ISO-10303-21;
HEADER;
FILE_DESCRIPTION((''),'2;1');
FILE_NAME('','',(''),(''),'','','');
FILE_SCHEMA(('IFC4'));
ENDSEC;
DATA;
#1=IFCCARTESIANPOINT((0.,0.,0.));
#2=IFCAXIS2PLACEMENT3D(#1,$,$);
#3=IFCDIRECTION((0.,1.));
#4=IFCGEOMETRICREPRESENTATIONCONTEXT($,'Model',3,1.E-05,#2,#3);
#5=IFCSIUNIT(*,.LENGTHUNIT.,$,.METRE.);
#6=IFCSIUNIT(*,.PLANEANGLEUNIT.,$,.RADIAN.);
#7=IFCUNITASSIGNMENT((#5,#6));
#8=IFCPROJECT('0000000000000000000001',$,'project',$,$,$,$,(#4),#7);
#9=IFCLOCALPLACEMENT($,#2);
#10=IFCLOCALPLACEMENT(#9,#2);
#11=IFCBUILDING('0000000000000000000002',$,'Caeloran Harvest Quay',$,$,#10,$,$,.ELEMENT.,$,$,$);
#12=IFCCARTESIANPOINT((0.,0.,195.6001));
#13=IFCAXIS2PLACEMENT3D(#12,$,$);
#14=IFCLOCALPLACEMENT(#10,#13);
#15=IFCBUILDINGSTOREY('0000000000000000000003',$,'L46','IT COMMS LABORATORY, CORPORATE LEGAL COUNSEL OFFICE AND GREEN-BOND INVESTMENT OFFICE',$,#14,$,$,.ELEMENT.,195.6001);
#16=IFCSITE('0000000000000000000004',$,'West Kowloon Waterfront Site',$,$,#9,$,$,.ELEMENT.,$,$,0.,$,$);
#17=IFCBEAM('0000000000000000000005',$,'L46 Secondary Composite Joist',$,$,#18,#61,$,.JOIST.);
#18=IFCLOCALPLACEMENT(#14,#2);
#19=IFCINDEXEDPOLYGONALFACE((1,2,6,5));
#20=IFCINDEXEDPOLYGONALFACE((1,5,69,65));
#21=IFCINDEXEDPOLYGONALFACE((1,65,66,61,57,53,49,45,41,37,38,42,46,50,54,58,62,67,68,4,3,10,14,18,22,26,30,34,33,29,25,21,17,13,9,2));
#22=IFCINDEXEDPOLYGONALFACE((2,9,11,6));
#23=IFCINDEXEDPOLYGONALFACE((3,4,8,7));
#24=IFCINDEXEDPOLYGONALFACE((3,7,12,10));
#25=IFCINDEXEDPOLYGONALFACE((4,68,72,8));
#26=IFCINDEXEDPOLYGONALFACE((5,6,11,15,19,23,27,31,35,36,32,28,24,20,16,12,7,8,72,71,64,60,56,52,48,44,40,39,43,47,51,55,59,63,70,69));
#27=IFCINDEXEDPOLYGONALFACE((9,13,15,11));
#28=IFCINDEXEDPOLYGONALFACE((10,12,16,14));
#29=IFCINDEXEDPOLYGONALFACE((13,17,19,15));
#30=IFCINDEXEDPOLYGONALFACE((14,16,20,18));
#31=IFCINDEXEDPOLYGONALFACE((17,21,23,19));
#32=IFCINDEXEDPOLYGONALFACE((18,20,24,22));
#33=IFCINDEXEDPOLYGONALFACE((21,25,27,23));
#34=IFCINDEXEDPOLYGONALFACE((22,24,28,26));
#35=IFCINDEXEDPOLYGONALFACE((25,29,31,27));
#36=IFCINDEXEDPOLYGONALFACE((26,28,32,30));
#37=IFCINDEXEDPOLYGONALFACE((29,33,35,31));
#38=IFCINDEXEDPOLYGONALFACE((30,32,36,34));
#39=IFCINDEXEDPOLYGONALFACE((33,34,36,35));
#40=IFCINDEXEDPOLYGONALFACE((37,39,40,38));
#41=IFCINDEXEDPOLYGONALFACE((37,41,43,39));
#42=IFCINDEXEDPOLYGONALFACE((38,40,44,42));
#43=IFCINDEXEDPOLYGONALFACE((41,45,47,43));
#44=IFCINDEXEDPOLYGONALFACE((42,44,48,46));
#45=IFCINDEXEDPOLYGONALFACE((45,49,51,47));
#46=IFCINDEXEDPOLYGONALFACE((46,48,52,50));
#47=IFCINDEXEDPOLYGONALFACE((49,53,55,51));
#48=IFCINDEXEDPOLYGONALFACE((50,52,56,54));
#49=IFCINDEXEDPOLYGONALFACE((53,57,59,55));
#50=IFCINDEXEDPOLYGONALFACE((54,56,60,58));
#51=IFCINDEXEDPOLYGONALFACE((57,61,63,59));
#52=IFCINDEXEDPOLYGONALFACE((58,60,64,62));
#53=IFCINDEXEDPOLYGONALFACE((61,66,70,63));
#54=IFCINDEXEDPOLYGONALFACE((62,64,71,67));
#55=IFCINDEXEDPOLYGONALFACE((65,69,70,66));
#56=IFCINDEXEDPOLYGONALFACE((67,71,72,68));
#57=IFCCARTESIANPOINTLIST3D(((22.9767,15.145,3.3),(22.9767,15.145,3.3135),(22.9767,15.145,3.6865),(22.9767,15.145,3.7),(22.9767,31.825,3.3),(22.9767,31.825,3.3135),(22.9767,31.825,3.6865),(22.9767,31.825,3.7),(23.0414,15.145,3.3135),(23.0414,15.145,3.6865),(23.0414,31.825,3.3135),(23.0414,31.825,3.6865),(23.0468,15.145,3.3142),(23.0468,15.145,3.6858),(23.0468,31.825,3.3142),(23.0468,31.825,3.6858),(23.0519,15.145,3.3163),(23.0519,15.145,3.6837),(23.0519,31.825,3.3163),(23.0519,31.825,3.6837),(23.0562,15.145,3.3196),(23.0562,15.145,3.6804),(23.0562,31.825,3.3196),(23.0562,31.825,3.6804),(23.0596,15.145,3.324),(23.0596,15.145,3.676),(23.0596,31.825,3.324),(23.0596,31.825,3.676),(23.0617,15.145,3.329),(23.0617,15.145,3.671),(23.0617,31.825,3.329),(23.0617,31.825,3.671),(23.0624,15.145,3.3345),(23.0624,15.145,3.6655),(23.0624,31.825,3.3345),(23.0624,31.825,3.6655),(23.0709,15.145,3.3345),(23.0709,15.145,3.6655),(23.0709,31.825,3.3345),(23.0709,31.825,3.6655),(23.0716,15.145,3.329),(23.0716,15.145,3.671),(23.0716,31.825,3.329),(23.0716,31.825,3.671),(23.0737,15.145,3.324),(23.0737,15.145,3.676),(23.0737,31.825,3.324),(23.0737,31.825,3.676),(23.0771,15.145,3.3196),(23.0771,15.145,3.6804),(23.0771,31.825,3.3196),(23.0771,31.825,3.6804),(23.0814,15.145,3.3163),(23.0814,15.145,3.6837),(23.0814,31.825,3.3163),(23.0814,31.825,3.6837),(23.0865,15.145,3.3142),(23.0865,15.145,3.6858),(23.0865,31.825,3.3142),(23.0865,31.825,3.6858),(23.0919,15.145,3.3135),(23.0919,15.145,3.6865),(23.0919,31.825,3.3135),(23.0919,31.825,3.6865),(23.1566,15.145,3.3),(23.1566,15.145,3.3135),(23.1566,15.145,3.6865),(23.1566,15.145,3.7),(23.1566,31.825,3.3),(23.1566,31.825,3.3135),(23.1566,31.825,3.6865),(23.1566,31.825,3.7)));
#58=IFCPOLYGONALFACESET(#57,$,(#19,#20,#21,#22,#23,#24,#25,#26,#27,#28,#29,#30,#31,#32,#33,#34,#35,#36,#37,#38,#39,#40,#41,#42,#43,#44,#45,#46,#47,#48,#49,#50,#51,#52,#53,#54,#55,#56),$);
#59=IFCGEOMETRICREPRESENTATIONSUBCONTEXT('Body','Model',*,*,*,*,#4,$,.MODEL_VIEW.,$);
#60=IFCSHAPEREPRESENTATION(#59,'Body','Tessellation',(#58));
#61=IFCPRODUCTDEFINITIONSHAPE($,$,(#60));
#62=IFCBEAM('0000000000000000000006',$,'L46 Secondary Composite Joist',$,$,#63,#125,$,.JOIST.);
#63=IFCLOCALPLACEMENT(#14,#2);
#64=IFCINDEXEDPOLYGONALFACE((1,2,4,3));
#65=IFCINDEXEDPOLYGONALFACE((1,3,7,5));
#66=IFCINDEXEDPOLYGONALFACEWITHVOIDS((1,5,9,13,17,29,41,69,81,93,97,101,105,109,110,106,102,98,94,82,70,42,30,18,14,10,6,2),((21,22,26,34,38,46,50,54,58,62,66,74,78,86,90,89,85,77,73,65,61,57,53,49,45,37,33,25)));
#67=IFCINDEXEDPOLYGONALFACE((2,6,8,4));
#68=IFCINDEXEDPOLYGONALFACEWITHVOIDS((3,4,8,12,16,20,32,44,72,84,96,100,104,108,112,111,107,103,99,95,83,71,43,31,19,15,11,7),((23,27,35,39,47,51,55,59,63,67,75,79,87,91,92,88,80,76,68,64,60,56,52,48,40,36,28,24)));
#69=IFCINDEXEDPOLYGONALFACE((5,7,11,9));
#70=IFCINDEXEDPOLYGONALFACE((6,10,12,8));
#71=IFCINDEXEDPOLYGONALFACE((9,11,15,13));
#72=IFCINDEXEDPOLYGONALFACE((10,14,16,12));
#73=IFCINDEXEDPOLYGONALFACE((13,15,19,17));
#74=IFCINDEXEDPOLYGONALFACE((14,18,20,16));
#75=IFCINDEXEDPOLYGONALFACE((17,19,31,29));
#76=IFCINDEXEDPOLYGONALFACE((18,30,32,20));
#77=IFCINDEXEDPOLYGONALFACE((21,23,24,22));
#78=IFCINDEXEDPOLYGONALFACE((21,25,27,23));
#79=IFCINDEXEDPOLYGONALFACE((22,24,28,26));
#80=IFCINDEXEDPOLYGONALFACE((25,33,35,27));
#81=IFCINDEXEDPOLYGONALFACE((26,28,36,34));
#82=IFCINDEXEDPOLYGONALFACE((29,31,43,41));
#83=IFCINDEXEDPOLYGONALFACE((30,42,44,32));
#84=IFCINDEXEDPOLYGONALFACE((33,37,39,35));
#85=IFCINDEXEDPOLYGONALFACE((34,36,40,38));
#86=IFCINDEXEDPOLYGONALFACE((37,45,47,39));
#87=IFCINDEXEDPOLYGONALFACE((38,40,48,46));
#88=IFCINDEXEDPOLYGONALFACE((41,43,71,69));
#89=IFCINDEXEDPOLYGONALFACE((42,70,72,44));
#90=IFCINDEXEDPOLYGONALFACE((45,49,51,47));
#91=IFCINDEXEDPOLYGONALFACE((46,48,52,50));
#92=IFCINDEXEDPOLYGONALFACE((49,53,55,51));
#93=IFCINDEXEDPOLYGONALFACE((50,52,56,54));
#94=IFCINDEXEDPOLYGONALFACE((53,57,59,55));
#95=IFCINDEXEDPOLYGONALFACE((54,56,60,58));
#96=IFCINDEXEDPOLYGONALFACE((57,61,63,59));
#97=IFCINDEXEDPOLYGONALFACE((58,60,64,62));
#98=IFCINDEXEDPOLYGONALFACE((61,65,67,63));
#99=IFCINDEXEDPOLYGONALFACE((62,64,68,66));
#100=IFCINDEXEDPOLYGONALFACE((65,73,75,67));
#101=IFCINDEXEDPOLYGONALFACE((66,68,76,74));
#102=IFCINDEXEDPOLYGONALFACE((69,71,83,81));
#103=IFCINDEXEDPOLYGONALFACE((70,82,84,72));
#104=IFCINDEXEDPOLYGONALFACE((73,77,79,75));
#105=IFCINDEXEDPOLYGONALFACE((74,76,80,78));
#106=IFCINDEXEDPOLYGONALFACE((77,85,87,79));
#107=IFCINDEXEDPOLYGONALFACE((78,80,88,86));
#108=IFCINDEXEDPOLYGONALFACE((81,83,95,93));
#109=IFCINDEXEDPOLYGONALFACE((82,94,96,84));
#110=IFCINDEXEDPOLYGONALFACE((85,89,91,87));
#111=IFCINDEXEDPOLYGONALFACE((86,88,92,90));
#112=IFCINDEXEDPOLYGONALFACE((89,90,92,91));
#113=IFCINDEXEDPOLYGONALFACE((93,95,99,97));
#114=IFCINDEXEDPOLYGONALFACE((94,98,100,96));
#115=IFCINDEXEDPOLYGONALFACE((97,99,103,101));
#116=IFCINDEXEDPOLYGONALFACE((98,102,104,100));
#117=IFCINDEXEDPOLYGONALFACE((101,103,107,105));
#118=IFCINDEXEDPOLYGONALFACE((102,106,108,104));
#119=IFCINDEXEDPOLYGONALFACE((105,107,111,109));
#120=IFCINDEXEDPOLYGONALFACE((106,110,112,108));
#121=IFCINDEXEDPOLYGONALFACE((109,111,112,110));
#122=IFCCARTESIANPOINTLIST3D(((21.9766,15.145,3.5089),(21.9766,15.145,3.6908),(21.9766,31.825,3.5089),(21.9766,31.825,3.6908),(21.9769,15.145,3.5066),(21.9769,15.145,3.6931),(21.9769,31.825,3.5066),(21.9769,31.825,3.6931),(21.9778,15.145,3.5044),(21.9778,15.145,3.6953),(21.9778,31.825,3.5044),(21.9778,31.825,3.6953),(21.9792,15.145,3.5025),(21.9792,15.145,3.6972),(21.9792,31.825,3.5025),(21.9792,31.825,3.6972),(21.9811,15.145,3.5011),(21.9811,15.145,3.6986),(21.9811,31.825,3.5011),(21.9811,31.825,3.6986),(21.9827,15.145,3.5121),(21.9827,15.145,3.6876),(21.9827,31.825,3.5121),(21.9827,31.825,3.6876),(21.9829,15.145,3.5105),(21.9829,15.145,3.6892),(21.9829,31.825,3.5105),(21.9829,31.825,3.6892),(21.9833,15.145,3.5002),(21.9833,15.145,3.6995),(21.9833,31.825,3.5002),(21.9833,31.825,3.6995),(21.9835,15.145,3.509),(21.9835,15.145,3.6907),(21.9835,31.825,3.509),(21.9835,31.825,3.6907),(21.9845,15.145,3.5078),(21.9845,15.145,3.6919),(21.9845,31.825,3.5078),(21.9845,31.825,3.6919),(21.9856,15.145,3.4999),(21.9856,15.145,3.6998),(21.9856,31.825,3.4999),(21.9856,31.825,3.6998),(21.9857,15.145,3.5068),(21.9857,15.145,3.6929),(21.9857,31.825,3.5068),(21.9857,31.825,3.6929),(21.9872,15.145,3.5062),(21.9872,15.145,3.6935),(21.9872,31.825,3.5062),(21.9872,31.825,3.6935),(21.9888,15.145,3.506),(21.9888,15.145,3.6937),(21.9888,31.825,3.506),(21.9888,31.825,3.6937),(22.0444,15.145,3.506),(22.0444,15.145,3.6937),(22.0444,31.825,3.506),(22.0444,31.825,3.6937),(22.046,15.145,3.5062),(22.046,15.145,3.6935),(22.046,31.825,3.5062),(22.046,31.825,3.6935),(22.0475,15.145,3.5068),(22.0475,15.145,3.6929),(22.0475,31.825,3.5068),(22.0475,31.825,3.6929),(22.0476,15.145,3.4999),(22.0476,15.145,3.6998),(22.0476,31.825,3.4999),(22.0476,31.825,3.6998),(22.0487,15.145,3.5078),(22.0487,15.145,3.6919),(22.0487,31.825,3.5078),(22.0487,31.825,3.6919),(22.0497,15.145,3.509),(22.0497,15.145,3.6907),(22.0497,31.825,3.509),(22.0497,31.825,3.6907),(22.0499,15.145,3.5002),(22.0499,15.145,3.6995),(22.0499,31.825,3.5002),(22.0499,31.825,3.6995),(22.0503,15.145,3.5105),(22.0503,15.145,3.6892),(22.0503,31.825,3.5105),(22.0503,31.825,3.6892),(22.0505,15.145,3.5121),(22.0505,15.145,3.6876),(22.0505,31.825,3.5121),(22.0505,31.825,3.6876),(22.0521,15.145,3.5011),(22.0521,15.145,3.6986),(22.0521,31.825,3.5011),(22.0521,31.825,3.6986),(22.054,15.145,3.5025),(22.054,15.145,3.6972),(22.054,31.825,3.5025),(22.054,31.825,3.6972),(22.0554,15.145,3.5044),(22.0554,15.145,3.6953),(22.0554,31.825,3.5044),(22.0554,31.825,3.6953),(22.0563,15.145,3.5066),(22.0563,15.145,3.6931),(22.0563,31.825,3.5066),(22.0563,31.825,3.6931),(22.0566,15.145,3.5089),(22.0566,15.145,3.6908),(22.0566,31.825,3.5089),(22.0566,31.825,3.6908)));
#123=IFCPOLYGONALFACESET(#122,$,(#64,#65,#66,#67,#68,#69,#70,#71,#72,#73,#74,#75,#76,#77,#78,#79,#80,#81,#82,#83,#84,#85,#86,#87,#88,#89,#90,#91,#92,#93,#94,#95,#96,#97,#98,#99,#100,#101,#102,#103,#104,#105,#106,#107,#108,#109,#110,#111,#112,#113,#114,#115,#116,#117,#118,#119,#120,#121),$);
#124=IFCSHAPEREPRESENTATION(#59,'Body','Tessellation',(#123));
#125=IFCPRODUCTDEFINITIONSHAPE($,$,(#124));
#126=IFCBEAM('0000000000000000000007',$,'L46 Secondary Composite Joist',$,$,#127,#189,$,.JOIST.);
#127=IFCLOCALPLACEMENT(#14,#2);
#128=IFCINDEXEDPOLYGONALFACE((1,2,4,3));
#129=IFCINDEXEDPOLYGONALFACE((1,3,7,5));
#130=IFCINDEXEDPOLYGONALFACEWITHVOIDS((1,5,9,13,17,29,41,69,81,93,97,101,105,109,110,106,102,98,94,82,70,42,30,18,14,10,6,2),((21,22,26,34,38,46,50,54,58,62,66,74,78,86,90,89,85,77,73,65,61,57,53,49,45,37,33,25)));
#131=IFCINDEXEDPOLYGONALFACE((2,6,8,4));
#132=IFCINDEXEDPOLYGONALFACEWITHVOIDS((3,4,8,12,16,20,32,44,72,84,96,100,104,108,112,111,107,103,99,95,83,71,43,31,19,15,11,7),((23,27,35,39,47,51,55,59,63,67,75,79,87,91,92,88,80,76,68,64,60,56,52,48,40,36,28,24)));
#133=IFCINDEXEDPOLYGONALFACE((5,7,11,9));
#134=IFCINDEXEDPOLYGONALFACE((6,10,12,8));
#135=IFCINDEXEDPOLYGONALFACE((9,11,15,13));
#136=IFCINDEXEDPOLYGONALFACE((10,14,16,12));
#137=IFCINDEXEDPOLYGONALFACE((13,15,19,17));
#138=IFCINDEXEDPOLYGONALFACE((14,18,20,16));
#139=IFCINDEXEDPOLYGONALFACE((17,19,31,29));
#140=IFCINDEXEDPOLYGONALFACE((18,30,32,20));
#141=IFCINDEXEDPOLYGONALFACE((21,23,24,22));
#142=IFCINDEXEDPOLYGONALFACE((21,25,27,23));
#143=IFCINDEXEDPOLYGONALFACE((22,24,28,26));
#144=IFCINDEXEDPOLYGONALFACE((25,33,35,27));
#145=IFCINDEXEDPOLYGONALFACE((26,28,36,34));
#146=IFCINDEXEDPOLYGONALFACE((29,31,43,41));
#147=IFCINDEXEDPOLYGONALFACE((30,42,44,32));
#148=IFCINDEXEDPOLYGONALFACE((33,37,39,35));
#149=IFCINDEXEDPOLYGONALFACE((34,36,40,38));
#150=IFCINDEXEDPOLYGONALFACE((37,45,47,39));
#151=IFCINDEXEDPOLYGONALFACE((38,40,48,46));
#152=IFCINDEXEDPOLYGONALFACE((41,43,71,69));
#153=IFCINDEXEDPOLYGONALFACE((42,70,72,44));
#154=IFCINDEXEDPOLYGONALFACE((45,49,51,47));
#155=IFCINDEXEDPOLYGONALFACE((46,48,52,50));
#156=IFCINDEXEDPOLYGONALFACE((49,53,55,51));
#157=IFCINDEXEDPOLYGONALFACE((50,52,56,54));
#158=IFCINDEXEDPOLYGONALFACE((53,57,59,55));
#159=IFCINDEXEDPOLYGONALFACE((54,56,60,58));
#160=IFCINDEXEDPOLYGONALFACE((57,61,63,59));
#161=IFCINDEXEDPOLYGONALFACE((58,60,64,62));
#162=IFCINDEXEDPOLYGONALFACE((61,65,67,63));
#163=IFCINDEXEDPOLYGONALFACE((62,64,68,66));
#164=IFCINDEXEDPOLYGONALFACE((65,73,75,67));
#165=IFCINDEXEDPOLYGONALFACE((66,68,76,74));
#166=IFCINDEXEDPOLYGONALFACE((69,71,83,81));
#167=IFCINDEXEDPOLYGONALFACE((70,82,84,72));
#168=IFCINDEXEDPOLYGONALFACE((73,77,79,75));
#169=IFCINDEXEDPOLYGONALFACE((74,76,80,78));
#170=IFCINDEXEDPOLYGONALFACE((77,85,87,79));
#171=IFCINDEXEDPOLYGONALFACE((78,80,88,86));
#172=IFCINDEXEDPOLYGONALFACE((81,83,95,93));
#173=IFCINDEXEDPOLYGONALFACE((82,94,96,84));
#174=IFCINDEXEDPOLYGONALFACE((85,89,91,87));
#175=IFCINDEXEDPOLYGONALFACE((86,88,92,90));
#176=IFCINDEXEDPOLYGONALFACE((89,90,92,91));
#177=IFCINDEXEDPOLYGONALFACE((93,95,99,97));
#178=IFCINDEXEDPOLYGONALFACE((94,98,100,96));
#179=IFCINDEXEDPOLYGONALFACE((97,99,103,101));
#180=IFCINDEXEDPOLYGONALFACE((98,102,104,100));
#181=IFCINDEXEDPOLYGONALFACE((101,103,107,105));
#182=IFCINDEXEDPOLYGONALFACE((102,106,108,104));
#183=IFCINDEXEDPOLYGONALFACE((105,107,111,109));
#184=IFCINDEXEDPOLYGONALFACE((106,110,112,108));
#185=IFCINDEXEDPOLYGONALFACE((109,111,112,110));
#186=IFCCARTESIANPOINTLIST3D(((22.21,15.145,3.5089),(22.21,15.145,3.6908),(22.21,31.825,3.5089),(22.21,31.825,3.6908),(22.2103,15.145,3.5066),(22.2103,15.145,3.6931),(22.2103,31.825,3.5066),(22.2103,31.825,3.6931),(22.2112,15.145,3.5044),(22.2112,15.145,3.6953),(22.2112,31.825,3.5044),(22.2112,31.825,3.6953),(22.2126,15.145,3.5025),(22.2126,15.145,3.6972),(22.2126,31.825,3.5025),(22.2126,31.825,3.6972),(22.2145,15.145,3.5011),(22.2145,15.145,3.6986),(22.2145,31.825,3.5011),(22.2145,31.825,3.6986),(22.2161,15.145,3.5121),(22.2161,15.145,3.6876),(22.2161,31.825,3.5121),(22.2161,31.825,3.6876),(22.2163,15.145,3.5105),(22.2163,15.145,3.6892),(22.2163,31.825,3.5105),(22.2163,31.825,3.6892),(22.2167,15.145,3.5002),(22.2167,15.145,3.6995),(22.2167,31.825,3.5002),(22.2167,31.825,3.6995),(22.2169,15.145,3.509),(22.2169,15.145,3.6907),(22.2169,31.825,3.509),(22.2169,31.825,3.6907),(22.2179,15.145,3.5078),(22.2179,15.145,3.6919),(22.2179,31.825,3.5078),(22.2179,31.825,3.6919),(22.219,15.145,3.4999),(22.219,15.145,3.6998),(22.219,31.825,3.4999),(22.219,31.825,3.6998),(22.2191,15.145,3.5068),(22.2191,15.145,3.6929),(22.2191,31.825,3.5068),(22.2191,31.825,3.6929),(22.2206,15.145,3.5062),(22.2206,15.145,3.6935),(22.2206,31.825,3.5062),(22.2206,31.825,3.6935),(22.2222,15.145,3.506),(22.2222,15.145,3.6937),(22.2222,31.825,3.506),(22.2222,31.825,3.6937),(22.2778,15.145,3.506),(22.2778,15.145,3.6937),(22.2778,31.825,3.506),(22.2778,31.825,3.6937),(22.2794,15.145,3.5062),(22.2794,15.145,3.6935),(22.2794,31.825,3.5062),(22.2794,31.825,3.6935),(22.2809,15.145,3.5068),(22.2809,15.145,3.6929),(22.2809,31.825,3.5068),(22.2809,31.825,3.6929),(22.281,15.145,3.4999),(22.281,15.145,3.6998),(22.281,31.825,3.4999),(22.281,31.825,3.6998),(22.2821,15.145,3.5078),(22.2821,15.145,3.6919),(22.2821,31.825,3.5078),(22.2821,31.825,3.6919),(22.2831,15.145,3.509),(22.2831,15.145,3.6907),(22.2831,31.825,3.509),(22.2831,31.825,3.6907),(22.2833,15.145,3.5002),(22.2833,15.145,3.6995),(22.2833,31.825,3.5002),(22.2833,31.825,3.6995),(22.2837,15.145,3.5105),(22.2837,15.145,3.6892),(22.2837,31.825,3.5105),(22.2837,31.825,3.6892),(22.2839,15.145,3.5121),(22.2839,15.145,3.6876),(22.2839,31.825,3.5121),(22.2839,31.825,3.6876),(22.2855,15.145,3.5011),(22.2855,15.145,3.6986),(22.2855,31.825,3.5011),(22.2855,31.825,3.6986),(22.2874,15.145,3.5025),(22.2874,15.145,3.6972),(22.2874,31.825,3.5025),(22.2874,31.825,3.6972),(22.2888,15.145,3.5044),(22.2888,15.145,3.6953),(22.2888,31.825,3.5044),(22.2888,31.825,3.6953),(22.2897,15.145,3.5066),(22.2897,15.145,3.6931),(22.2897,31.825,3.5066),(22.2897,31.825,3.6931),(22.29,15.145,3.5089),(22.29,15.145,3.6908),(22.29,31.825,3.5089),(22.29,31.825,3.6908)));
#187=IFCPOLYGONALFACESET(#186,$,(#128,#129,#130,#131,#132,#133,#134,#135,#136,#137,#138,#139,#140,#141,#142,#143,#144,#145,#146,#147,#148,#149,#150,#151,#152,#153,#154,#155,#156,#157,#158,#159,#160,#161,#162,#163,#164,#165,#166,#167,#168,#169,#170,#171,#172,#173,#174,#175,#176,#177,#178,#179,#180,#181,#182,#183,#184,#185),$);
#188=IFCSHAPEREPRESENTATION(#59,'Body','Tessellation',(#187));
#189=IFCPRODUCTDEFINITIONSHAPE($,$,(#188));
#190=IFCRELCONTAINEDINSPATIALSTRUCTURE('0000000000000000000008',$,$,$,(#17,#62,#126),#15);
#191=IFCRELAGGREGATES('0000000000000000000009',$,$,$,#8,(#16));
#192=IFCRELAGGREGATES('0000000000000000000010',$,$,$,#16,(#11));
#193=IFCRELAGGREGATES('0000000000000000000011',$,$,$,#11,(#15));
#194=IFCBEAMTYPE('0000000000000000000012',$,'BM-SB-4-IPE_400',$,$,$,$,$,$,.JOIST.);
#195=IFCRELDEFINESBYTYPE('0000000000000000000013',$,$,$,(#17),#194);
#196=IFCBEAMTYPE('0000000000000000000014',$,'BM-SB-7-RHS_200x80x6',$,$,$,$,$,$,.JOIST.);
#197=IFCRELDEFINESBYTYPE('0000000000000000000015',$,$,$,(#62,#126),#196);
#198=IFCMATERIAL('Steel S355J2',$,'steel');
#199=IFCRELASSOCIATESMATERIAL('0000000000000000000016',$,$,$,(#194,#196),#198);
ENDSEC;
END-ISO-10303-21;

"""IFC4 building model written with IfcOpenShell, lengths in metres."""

from ifc_helpers import new_model, si_unit, direction, frame, origin, origin_2d, place, context, subcontext, project, spatial, hollow_rectangle, i_section, extrude, material, material_profile, profile_set, type_object, element, save


model = new_model("IFC4")

# Units and contexts
model_context = context("Model", 3, precision=1e-05, world=origin(), true_north=direction((0.0, 1.0)))
body_context = subcontext(model_context, "Body", "Model", "MODEL_VIEW")
ifc_project = project(units=[si_unit("LENGTHUNIT", "METRE"), si_unit("PLANEANGLEUNIT", "RADIAN")], contexts=[model_context])

# Site, building, storey
site_placement = place(None, origin())
site = spatial("IfcSite", under=ifc_project, at=site_placement, Name="West Kowloon Waterfront Site", CompositionType="ELEMENT", RefElevation=0.0)
building_placement = place(site_placement, origin())
building = spatial("IfcBuilding", under=site, at=building_placement, Name="Caeloran Harvest Quay", CompositionType="ELEMENT")
storey_placement = place(building_placement, frame((0.0, 0.0, 195.6001)))
storey = spatial("IfcBuildingStorey", under=building, at=storey_placement, Name="L46", Description="IT COMMS LABORATORY, CORPORATE LEGAL COUNSEL OFFICE AND GREEN-BOND INVESTMENT OFFICE", CompositionType="ELEMENT", Elevation=195.6001)

# Beams
ifc_material_1 = material(Name="Steel S355J2", Category="steel")
ifc_material_profile_1 = material_profile(ifc_material_1, i_section(OverallWidth=0.1799, OverallDepth=0.3999, WebThickness=0.0085, FlangeThickness=0.0134, FilletRadius=0.021, at=origin_2d()), Name="IPE 400")
ifc_profile_set_1 = profile_set([ifc_material_profile_1], Name="Steel S355J2")
beam_type_1 = type_object("IfcBeamType", Name="BM-SB-4-IPE_400", PredefinedType="JOIST", material=ifc_profile_set_1)
for number, where, z_axis, x_axis, name in (
    (1, (23.0667, 15.145, 3.5), (0.0, 1.0, 0.0), (-1.0, 0.0, 0.0), "L46 Secondary Composite Joist"),
):
    element("IfcBeam", number, at=place(storey_placement, frame(where, z_axis=z_axis, x_axis=x_axis)), inside=storey, type_object=beam_type_1, Name=name, PredefinedType="JOIST", context=body_context, shape_type="SweptSolid", body=[
        extrude(i_section(OverallWidth=0.1799, OverallDepth=0.3999, WebThickness=0.0085, FlangeThickness=0.0134, FilletRadius=0.021, at=origin_2d()), origin(), (0.0, 0.0, 1.0), 16.6799),
    ])
ifc_material_profile_2 = material_profile(ifc_material_1, hollow_rectangle(XDim=0.0801, YDim=0.2, WallThickness=0.0061, InnerFilletRadius=0.0061, OuterFilletRadius=0.009, at=origin_2d()), Name="RHS 200x80x6")
ifc_profile_set_2 = profile_set([ifc_material_profile_2], Name="Steel S355J2")
beam_type_2 = type_object("IfcBeamType", Name="BM-SB-7-RHS_200x80x6", PredefinedType="JOIST", material=ifc_profile_set_2)
for number, where, z_axis, x_axis, name in (
    (2, (22.0166, 15.145, 3.5999), (0.0, 1.0, 0.0), (-1.0, 0.0, 0.0), "L46 Secondary Composite Joist"),
    (3, (22.25, 15.145, 3.5999), (0.0, 1.0, 0.0), (-1.0, 0.0, 0.0), "L46 Secondary Composite Joist"),
):
    element("IfcBeam", number, at=place(storey_placement, frame(where, z_axis=z_axis, x_axis=x_axis)), inside=storey, type_object=beam_type_2, Name=name, PredefinedType="JOIST", context=body_context, shape_type="SweptSolid", body=[
        extrude(hollow_rectangle(XDim=0.0801, YDim=0.2, WallThickness=0.0061, InnerFilletRadius=0.0061, OuterFilletRadius=0.009, at=origin_2d()), origin(), (0.0, 0.0, 1.0), 16.6799),
    ])

save(model, "model.ifc")
